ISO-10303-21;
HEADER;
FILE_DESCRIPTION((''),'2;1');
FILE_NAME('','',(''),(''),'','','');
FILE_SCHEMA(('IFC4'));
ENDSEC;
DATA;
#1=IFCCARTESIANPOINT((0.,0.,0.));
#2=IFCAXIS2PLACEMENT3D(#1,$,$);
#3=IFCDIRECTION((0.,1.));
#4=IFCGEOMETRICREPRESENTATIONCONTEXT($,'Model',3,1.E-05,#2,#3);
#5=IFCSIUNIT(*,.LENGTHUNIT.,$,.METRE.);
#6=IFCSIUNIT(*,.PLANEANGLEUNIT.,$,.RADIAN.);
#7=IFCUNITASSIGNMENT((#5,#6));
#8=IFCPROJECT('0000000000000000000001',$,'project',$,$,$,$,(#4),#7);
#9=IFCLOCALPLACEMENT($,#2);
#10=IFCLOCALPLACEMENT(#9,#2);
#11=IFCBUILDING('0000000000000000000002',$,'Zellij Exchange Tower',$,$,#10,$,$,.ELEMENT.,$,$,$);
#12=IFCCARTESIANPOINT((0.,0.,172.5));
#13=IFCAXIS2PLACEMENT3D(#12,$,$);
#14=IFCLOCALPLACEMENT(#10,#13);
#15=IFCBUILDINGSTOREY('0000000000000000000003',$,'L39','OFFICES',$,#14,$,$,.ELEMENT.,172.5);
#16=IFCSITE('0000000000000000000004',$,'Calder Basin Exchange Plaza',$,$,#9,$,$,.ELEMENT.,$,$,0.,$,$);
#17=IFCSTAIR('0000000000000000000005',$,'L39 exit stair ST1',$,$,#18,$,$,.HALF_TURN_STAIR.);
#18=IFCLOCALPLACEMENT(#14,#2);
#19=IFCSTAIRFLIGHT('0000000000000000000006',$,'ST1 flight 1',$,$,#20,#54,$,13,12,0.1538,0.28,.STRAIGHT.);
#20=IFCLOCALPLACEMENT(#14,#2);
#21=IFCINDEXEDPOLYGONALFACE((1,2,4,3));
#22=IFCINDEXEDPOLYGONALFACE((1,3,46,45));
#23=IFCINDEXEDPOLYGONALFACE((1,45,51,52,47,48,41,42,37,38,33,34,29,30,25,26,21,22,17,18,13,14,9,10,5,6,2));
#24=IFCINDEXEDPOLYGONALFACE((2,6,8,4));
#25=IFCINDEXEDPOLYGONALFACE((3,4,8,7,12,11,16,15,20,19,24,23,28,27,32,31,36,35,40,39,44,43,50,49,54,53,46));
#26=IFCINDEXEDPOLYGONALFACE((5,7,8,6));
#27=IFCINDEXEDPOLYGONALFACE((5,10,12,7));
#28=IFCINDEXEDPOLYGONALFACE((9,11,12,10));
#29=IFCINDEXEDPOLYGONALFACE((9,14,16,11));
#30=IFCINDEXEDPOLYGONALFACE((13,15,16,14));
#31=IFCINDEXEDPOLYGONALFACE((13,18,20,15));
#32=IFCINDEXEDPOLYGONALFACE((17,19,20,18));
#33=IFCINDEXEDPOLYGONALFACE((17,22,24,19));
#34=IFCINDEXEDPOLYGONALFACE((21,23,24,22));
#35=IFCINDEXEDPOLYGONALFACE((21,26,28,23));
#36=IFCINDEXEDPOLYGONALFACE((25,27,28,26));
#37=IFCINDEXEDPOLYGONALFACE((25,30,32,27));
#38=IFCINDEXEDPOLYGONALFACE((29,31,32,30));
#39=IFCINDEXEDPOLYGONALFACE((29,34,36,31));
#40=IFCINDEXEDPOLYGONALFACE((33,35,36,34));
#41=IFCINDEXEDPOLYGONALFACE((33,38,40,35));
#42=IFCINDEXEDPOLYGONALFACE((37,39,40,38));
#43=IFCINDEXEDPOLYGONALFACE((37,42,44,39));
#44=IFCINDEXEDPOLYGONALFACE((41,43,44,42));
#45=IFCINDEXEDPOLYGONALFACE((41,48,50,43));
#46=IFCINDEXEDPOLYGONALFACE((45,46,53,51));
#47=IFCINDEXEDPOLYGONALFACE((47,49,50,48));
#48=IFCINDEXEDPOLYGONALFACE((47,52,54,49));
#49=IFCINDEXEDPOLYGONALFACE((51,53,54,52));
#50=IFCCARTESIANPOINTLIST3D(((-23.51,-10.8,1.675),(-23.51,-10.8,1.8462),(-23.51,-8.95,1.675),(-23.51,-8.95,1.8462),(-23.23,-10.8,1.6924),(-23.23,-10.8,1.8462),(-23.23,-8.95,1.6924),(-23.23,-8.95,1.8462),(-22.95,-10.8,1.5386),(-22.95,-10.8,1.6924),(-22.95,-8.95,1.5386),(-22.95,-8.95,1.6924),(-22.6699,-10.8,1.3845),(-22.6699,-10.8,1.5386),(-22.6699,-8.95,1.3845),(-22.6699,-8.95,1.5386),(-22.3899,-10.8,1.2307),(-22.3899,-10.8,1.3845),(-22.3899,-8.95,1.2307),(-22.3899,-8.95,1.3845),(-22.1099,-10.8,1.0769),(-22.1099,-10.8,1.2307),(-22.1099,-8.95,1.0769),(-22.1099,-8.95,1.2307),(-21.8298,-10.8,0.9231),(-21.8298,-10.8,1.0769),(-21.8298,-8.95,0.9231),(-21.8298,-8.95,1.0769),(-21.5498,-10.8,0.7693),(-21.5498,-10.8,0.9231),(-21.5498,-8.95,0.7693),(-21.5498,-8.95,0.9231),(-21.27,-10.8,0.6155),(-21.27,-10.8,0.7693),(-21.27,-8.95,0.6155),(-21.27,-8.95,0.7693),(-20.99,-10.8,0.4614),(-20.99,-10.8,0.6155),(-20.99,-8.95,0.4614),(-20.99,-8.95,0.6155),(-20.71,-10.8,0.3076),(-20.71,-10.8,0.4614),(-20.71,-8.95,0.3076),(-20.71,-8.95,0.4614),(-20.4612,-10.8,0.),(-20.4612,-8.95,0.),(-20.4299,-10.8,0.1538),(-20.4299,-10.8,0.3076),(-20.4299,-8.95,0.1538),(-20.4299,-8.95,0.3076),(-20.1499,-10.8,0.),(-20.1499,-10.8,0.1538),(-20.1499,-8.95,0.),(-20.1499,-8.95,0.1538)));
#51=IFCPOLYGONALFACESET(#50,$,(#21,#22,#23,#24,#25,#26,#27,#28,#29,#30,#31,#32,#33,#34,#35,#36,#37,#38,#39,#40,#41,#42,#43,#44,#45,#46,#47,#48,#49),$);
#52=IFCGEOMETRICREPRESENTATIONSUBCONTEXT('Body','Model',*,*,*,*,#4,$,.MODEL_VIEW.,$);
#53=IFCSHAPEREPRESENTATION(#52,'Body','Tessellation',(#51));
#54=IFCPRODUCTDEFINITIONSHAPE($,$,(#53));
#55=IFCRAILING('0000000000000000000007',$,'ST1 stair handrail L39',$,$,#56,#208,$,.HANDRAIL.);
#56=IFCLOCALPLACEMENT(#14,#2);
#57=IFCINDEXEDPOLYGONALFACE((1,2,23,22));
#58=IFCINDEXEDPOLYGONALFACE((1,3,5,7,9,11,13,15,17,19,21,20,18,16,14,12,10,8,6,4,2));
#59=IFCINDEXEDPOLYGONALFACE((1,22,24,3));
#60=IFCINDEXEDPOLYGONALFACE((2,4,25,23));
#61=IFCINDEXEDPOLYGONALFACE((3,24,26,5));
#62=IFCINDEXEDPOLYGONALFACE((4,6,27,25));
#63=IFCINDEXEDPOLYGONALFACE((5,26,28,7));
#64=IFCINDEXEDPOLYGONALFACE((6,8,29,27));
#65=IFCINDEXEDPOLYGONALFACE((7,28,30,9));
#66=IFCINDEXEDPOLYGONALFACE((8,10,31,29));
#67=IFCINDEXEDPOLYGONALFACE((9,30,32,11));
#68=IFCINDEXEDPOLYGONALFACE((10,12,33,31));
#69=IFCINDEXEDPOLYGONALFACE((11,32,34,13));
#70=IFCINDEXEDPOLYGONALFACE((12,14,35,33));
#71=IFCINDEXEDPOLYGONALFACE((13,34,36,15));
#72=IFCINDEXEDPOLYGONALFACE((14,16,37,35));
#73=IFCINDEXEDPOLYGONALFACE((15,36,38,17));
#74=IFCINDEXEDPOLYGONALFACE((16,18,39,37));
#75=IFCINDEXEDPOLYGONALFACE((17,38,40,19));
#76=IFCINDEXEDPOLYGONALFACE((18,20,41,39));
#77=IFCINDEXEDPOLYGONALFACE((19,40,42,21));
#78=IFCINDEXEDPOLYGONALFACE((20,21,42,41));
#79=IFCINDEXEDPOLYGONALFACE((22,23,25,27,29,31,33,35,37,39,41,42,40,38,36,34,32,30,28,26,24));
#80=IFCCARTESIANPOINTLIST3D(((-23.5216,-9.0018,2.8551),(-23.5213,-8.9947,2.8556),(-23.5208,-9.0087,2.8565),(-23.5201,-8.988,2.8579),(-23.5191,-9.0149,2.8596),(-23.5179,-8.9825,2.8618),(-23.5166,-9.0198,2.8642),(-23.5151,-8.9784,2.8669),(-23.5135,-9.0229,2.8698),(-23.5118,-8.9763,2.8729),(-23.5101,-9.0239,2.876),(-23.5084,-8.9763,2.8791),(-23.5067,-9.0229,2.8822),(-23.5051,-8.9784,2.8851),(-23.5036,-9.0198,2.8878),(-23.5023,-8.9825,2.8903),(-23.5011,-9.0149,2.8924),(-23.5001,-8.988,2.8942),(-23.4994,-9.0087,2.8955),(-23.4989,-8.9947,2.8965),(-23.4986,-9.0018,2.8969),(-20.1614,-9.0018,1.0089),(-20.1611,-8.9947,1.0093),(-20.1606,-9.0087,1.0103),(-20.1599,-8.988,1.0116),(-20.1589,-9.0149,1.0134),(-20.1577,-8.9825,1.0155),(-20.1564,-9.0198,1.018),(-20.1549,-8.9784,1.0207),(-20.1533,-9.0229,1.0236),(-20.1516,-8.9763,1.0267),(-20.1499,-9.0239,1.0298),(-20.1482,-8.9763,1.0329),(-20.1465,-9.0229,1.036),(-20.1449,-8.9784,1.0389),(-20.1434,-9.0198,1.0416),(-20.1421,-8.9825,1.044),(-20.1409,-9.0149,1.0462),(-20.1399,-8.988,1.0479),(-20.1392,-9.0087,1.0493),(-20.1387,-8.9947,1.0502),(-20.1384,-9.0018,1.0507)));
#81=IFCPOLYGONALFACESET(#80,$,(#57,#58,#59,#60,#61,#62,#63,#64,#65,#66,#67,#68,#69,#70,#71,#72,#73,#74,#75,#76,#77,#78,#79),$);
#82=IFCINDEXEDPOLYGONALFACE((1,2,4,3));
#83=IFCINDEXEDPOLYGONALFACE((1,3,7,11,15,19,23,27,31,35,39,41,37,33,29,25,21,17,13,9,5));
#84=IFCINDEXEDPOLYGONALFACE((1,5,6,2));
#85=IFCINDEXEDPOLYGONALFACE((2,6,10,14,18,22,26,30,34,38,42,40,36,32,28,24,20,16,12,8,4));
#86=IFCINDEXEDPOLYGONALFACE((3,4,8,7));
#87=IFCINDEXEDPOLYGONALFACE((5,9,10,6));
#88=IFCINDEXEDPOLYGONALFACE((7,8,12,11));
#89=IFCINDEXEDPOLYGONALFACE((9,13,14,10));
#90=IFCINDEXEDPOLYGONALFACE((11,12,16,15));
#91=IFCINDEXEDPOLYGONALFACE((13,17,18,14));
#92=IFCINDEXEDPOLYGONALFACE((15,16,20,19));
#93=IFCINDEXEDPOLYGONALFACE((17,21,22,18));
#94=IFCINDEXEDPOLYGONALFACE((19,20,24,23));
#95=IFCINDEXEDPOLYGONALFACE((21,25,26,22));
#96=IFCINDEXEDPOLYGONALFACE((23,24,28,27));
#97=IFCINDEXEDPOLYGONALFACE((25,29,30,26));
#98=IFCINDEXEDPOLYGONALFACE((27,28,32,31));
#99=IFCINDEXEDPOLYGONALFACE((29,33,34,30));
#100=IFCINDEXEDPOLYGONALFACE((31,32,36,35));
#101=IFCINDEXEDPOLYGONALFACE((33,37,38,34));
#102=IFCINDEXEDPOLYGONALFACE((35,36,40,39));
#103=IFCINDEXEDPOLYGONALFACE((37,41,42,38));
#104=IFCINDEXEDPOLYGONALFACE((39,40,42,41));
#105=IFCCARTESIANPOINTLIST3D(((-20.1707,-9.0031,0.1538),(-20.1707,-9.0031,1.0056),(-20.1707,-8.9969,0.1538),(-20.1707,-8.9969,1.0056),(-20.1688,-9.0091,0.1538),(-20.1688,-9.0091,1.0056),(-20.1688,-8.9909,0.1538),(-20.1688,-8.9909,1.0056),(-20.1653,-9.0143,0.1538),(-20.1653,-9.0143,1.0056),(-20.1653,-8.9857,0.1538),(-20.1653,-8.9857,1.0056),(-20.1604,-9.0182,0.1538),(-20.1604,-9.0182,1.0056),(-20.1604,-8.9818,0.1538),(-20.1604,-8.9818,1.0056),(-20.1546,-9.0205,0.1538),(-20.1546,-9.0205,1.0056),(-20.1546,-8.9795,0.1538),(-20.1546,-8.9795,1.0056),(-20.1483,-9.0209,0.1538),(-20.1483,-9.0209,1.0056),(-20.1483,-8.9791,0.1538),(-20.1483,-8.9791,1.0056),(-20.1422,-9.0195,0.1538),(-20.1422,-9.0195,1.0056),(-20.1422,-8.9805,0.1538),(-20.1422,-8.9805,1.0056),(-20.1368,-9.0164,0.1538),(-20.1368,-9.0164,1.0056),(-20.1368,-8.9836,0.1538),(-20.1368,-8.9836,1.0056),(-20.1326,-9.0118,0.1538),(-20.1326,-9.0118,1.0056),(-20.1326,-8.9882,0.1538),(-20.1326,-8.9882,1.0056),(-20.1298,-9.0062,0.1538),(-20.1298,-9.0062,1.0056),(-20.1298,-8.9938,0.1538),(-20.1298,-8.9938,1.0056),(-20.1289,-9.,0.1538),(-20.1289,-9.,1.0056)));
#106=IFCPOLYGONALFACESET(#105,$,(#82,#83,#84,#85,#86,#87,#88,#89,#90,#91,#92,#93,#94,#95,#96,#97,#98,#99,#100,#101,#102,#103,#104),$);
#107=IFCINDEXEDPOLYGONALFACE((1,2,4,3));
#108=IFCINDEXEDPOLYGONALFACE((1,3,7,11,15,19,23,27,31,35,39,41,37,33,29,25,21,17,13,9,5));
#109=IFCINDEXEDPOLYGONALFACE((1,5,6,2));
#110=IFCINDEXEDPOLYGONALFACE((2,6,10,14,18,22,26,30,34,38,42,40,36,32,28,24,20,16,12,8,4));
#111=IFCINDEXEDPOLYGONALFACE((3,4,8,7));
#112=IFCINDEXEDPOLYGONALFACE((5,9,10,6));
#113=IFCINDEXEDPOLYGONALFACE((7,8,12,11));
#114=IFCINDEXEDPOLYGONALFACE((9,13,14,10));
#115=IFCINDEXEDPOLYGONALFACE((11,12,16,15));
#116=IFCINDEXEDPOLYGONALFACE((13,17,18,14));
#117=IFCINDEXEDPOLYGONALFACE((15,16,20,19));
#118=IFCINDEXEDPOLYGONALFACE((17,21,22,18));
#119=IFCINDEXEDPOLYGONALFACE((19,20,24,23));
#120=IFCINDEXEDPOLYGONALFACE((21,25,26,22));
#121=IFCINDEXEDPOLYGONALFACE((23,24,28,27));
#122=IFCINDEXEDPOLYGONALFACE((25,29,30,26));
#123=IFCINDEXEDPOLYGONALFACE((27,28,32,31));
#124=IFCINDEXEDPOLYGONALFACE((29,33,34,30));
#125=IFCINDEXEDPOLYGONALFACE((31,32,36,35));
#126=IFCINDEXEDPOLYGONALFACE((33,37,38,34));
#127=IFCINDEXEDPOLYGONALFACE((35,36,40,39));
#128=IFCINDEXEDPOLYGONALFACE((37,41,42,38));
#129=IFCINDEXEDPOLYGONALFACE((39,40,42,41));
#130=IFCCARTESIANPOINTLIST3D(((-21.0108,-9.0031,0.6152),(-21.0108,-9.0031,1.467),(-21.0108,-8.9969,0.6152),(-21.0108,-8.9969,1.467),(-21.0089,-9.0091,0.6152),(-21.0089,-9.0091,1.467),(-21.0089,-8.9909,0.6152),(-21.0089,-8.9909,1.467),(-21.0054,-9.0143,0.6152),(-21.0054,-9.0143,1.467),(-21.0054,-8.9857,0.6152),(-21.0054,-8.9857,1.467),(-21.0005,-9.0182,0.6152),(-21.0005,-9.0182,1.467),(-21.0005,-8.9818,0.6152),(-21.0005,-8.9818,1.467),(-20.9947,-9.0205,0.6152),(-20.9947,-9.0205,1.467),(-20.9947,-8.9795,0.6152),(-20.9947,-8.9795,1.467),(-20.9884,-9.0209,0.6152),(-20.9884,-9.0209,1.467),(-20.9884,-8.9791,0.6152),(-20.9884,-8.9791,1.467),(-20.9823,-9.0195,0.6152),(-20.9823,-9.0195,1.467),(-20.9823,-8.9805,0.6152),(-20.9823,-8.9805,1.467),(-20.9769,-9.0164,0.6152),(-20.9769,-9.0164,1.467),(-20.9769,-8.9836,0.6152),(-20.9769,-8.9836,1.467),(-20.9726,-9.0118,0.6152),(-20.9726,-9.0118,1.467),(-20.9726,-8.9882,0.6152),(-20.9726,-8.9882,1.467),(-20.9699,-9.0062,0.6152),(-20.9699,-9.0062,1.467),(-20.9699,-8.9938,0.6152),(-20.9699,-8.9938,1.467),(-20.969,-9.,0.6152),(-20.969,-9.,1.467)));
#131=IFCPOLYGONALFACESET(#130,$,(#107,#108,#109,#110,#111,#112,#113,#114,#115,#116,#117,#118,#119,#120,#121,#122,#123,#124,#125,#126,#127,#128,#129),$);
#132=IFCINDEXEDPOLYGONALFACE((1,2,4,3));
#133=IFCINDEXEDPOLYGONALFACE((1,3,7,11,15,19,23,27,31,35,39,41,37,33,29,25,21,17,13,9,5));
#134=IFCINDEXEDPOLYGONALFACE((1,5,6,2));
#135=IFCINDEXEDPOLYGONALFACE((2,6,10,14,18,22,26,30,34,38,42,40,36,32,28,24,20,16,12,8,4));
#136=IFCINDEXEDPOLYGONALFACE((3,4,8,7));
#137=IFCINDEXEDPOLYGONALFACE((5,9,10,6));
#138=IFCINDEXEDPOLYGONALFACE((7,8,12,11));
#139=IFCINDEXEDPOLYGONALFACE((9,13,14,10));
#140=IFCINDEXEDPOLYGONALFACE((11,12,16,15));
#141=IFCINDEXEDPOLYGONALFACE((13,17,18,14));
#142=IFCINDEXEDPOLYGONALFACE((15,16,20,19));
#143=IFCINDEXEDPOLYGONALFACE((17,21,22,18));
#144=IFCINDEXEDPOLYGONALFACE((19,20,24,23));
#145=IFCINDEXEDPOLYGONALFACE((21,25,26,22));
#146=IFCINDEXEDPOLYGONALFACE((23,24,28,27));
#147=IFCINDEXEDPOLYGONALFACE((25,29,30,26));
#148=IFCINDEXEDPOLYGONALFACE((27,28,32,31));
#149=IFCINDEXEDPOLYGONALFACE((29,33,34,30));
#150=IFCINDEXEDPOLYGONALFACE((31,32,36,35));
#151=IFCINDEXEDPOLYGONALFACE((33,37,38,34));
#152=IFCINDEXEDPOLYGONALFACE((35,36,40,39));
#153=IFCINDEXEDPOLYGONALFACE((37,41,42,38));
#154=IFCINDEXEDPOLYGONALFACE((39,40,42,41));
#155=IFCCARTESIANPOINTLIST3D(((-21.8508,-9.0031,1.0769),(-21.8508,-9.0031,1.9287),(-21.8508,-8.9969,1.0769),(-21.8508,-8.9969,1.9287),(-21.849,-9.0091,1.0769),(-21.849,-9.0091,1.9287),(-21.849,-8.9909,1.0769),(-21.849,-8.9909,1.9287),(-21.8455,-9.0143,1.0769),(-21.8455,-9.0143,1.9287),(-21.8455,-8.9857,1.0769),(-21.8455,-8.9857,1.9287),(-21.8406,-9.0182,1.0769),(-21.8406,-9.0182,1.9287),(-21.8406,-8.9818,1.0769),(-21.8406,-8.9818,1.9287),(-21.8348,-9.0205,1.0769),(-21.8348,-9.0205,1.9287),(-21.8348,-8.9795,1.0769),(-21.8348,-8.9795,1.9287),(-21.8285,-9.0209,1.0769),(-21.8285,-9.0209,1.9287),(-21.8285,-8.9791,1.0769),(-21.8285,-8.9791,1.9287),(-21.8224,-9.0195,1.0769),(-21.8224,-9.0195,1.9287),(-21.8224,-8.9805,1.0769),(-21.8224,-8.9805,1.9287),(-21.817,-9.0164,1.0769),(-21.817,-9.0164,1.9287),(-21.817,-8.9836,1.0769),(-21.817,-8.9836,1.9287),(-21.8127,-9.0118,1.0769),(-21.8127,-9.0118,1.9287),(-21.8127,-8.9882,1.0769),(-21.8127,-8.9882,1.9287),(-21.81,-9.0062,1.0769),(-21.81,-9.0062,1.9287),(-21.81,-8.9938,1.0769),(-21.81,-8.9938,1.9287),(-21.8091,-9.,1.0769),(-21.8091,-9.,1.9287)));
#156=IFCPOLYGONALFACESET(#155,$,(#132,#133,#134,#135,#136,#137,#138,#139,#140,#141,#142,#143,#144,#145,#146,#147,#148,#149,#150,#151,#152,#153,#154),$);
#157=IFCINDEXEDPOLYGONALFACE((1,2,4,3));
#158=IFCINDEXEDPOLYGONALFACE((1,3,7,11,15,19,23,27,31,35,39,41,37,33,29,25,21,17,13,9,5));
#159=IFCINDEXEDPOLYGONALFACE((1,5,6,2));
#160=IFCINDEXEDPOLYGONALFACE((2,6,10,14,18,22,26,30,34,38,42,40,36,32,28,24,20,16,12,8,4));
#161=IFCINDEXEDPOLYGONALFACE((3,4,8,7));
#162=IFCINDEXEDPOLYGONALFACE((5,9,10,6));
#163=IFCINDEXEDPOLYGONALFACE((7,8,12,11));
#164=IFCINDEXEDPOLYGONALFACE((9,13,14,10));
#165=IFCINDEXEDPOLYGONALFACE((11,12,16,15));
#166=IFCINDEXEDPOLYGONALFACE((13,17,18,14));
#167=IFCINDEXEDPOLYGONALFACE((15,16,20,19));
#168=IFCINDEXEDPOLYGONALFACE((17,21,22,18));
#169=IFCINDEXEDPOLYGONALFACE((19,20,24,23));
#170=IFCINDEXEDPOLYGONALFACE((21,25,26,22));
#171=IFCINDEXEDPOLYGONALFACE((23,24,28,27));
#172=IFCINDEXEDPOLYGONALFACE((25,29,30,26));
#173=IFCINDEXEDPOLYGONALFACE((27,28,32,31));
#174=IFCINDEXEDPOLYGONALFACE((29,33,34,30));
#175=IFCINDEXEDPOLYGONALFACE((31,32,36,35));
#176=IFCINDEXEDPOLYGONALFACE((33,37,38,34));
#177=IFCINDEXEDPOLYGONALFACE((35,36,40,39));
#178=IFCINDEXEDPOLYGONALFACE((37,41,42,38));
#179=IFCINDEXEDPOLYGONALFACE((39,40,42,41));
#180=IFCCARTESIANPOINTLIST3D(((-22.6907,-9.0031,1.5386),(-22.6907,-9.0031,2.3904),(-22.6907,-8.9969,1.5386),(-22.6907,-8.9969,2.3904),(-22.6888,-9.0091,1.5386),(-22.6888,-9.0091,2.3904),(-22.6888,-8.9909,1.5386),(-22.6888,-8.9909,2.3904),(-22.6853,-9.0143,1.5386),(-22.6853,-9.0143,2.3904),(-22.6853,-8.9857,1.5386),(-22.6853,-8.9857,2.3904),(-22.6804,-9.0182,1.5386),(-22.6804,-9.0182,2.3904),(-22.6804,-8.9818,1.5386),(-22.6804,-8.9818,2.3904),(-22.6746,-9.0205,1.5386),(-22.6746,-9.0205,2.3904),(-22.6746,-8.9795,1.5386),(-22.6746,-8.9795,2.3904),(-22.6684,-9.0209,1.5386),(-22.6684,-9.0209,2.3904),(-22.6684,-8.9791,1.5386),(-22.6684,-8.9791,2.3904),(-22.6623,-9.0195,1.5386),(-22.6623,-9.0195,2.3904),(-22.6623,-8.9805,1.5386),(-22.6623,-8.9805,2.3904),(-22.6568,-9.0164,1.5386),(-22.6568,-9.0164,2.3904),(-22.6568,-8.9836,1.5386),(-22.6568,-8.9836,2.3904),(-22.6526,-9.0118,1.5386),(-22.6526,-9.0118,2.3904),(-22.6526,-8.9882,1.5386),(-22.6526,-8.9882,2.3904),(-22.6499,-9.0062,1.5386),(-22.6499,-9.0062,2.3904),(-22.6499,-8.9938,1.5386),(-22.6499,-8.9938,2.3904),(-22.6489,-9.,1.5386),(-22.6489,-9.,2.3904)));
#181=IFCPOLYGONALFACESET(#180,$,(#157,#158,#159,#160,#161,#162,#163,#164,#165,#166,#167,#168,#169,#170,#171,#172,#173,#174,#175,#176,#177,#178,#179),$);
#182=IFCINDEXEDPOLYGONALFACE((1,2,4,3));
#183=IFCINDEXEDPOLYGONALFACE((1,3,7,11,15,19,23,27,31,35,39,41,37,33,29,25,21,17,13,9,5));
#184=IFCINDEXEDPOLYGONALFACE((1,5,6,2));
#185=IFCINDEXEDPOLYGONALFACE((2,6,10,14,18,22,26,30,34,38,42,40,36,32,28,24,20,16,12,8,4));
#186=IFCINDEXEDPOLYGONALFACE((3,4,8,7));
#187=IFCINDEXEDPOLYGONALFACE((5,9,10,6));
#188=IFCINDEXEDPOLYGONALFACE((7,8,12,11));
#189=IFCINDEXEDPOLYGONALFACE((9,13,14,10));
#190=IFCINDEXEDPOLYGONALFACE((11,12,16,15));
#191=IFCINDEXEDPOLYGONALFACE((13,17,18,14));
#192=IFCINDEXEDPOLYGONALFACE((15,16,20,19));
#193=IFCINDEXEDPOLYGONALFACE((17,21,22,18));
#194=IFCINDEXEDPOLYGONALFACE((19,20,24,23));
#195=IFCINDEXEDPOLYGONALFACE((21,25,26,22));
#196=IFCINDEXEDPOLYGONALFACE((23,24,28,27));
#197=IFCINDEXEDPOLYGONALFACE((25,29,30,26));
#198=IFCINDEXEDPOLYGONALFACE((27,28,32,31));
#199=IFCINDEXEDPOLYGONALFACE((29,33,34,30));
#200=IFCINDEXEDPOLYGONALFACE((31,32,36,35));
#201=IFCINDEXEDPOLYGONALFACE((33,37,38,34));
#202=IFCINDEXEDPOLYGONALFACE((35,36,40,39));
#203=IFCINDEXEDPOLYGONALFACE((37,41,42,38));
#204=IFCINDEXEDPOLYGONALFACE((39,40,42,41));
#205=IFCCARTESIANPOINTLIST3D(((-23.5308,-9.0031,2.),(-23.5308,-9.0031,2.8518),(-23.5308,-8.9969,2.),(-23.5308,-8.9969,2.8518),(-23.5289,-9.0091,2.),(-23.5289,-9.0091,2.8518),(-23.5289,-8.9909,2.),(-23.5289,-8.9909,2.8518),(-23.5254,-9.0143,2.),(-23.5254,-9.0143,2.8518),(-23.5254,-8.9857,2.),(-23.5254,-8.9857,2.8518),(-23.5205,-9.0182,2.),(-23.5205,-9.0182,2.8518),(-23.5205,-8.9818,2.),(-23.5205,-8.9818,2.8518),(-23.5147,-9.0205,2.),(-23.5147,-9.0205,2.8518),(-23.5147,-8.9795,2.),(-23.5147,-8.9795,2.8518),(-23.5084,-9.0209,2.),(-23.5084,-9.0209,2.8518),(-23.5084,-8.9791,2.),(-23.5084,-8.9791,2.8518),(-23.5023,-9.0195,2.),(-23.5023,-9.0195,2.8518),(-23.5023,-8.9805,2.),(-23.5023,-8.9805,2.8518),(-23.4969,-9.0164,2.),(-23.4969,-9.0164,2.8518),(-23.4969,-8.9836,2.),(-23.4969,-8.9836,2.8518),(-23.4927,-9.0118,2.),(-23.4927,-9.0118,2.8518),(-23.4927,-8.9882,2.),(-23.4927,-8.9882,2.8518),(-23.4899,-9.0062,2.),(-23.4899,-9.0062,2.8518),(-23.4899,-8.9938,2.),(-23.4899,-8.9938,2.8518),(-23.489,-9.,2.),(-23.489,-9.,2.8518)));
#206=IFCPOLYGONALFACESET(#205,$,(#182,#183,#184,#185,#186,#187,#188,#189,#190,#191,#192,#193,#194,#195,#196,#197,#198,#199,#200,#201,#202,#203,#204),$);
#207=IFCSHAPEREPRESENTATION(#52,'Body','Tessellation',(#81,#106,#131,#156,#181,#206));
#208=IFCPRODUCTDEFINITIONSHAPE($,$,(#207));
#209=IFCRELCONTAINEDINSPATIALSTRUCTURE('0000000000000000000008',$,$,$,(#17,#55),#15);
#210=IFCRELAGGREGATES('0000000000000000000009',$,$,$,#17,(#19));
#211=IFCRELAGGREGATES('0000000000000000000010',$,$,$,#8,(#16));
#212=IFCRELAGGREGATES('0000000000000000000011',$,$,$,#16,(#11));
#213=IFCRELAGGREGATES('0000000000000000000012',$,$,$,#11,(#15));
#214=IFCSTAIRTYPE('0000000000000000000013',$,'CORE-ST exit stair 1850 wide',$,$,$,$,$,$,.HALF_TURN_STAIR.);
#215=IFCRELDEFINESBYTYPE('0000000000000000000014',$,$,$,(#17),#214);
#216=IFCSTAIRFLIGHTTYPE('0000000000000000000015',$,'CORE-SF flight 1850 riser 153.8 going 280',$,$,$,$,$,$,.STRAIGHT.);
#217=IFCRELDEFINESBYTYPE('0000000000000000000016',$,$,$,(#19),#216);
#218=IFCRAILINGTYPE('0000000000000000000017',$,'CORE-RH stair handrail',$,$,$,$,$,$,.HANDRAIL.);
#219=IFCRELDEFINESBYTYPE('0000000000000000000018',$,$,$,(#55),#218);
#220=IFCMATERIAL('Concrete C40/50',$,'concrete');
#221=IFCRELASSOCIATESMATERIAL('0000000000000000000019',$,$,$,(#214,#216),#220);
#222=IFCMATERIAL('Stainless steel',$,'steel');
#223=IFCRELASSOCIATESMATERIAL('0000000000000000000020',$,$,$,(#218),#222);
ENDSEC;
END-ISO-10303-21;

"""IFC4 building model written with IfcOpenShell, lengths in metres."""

from ifc_helpers import new_model, si_unit, direction, frame, origin, origin_2d, place, context, subcontext, project, spatial, polyline, circle, outline, extrude, material, type_object, element, aggregate, save


model = new_model("IFC4")

# Units and contexts
model_context = context("Model", 3, precision=1e-05, world=origin(), true_north=direction((0.0, 1.0)))
body_context = subcontext(model_context, "Body", "Model", "MODEL_VIEW")
ifc_project = project(units=[si_unit("LENGTHUNIT", "METRE"), si_unit("PLANEANGLEUNIT", "RADIAN")], contexts=[model_context])

# Site, building, storey
site_placement = place(None, origin())
site = spatial("IfcSite", under=ifc_project, at=site_placement, Name="Calder Basin Exchange Plaza", CompositionType="ELEMENT", RefElevation=0.0)
building_placement = place(site_placement, origin())
building = spatial("IfcBuilding", under=site, at=building_placement, Name="Zellij Exchange Tower", CompositionType="ELEMENT")
storey_placement = place(building_placement, frame((0.0, 0.0, 172.5)))
storey = spatial("IfcBuildingStorey", under=building, at=storey_placement, Name="L39", Description="OFFICES", CompositionType="ELEMENT", Elevation=172.5)

# Stair, stair flight
ifc_material_1 = material(Name="Concrete C40/50", Category="concrete")
stair_type = type_object("IfcStairType", Name="CORE-ST exit stair 1850 wide", PredefinedType="HALF_TURN_STAIR", material=ifc_material_1)
stair_placement = place(storey_placement, origin())
stair = element("IfcStair", 1, at=stair_placement, inside=storey, type_object=stair_type, Name="L39 exit stair ST1", PredefinedType="HALF_TURN_STAIR")
stair_flight_type = type_object("IfcStairFlightType", Name="CORE-SF flight 1850 riser 153.8 going 280", PredefinedType="STRAIGHT", material=ifc_material_1)
stair_flight_placement = place(storey_placement, frame((-20.1499, -9.875, 0.0), z_axis=(0.0, 0.0, 1.0), x_axis=(-1.0, 0.0, 0.0)))
stair_flight = element("IfcStairFlight", 2, at=stair_flight_placement, type_object=stair_flight_type, Name="ST1 flight 1", NumberOfRisers=13, NumberOfTreads=12, PredefinedType="STRAIGHT", RiserHeight=0.1538, TreadLength=0.28, context=body_context, shape_type="SweptSolid", body=[
    extrude(outline(polyline([(0.0, 0.0), (0.0, 0.1538), (0.28, 0.1538), (0.28, 0.3076), (0.5601, 0.3076), (0.5601, 0.4614), (0.8401, 0.4614), (0.8401, 0.6155), (1.1201, 0.6155), (1.1201, 0.7693), (1.3999, 0.7693), (1.3999, 0.9231), (1.6799, 0.9231), (1.6799, 1.0769), (1.96, 1.0769), (1.96, 1.2307), (2.24, 1.2307), (2.24, 1.3845), (2.52, 1.3845), (2.52, 1.5386), (2.8, 1.5386), (2.8, 1.6924), (3.0801, 1.6924), (3.0801, 1.8462), (3.3601, 1.8462), (3.3601, 2.0), (3.3601, 1.675), (0.3113, 0.0), (0.0, 0.0)])), frame((0.0, 0.925, 0.0), z_axis=(0.0, -1.0, 0.0), x_axis=(1.0, 0.0, 0.0)), (0.0, 0.0, 1.0), 1.8501),
])
aggregate(stair, [stair_flight])

# Railing
ifc_material_2 = material(Name="Stainless steel", Category="steel")
railing_type = type_object("IfcRailingType", Name="CORE-RH stair handrail", PredefinedType="HANDRAIL", material=ifc_material_2)
railing_placement = place(storey_placement, frame((-20.1499, -9.0, 0.1538)))
element("IfcRailing", 3, at=railing_placement, inside=storey, type_object=railing_type, Name="ST1 stair handrail L39", PredefinedType="HANDRAIL", context=body_context, shape_type="SweptSolid", body=[
    extrude(circle(Radius=0.0239, at=origin_2d()), frame((0.0, 0.0, 0.876), z_axis=(-0.876422, 0.0, 0.481545), x_axis=(0.0, -1.0, 0.0)), (0.0, 0.0, 1.0), 3.834),
    extrude(circle(Radius=0.021, at=origin_2d()), origin(), (0.0, 0.0, 1.0), 0.8518),
    extrude(circle(Radius=0.021, at=origin_2d()), frame((-0.8401, 0.0, 0.4614)), (0.0, 0.0, 1.0), 0.8518),
    extrude(circle(Radius=0.021, at=origin_2d()), frame((-1.6802, 0.0, 0.9231)), (0.0, 0.0, 1.0), 0.8518),
    extrude(circle(Radius=0.021, at=origin_2d()), frame((-2.52, 0.0, 1.3848)), (0.0, 0.0, 1.0), 0.8518),
    extrude(circle(Radius=0.021, at=origin_2d()), frame((-3.3601, 0.0, 1.8462)), (0.0, 0.0, 1.0), 0.8518),
])

save(model, "model.ifc")
